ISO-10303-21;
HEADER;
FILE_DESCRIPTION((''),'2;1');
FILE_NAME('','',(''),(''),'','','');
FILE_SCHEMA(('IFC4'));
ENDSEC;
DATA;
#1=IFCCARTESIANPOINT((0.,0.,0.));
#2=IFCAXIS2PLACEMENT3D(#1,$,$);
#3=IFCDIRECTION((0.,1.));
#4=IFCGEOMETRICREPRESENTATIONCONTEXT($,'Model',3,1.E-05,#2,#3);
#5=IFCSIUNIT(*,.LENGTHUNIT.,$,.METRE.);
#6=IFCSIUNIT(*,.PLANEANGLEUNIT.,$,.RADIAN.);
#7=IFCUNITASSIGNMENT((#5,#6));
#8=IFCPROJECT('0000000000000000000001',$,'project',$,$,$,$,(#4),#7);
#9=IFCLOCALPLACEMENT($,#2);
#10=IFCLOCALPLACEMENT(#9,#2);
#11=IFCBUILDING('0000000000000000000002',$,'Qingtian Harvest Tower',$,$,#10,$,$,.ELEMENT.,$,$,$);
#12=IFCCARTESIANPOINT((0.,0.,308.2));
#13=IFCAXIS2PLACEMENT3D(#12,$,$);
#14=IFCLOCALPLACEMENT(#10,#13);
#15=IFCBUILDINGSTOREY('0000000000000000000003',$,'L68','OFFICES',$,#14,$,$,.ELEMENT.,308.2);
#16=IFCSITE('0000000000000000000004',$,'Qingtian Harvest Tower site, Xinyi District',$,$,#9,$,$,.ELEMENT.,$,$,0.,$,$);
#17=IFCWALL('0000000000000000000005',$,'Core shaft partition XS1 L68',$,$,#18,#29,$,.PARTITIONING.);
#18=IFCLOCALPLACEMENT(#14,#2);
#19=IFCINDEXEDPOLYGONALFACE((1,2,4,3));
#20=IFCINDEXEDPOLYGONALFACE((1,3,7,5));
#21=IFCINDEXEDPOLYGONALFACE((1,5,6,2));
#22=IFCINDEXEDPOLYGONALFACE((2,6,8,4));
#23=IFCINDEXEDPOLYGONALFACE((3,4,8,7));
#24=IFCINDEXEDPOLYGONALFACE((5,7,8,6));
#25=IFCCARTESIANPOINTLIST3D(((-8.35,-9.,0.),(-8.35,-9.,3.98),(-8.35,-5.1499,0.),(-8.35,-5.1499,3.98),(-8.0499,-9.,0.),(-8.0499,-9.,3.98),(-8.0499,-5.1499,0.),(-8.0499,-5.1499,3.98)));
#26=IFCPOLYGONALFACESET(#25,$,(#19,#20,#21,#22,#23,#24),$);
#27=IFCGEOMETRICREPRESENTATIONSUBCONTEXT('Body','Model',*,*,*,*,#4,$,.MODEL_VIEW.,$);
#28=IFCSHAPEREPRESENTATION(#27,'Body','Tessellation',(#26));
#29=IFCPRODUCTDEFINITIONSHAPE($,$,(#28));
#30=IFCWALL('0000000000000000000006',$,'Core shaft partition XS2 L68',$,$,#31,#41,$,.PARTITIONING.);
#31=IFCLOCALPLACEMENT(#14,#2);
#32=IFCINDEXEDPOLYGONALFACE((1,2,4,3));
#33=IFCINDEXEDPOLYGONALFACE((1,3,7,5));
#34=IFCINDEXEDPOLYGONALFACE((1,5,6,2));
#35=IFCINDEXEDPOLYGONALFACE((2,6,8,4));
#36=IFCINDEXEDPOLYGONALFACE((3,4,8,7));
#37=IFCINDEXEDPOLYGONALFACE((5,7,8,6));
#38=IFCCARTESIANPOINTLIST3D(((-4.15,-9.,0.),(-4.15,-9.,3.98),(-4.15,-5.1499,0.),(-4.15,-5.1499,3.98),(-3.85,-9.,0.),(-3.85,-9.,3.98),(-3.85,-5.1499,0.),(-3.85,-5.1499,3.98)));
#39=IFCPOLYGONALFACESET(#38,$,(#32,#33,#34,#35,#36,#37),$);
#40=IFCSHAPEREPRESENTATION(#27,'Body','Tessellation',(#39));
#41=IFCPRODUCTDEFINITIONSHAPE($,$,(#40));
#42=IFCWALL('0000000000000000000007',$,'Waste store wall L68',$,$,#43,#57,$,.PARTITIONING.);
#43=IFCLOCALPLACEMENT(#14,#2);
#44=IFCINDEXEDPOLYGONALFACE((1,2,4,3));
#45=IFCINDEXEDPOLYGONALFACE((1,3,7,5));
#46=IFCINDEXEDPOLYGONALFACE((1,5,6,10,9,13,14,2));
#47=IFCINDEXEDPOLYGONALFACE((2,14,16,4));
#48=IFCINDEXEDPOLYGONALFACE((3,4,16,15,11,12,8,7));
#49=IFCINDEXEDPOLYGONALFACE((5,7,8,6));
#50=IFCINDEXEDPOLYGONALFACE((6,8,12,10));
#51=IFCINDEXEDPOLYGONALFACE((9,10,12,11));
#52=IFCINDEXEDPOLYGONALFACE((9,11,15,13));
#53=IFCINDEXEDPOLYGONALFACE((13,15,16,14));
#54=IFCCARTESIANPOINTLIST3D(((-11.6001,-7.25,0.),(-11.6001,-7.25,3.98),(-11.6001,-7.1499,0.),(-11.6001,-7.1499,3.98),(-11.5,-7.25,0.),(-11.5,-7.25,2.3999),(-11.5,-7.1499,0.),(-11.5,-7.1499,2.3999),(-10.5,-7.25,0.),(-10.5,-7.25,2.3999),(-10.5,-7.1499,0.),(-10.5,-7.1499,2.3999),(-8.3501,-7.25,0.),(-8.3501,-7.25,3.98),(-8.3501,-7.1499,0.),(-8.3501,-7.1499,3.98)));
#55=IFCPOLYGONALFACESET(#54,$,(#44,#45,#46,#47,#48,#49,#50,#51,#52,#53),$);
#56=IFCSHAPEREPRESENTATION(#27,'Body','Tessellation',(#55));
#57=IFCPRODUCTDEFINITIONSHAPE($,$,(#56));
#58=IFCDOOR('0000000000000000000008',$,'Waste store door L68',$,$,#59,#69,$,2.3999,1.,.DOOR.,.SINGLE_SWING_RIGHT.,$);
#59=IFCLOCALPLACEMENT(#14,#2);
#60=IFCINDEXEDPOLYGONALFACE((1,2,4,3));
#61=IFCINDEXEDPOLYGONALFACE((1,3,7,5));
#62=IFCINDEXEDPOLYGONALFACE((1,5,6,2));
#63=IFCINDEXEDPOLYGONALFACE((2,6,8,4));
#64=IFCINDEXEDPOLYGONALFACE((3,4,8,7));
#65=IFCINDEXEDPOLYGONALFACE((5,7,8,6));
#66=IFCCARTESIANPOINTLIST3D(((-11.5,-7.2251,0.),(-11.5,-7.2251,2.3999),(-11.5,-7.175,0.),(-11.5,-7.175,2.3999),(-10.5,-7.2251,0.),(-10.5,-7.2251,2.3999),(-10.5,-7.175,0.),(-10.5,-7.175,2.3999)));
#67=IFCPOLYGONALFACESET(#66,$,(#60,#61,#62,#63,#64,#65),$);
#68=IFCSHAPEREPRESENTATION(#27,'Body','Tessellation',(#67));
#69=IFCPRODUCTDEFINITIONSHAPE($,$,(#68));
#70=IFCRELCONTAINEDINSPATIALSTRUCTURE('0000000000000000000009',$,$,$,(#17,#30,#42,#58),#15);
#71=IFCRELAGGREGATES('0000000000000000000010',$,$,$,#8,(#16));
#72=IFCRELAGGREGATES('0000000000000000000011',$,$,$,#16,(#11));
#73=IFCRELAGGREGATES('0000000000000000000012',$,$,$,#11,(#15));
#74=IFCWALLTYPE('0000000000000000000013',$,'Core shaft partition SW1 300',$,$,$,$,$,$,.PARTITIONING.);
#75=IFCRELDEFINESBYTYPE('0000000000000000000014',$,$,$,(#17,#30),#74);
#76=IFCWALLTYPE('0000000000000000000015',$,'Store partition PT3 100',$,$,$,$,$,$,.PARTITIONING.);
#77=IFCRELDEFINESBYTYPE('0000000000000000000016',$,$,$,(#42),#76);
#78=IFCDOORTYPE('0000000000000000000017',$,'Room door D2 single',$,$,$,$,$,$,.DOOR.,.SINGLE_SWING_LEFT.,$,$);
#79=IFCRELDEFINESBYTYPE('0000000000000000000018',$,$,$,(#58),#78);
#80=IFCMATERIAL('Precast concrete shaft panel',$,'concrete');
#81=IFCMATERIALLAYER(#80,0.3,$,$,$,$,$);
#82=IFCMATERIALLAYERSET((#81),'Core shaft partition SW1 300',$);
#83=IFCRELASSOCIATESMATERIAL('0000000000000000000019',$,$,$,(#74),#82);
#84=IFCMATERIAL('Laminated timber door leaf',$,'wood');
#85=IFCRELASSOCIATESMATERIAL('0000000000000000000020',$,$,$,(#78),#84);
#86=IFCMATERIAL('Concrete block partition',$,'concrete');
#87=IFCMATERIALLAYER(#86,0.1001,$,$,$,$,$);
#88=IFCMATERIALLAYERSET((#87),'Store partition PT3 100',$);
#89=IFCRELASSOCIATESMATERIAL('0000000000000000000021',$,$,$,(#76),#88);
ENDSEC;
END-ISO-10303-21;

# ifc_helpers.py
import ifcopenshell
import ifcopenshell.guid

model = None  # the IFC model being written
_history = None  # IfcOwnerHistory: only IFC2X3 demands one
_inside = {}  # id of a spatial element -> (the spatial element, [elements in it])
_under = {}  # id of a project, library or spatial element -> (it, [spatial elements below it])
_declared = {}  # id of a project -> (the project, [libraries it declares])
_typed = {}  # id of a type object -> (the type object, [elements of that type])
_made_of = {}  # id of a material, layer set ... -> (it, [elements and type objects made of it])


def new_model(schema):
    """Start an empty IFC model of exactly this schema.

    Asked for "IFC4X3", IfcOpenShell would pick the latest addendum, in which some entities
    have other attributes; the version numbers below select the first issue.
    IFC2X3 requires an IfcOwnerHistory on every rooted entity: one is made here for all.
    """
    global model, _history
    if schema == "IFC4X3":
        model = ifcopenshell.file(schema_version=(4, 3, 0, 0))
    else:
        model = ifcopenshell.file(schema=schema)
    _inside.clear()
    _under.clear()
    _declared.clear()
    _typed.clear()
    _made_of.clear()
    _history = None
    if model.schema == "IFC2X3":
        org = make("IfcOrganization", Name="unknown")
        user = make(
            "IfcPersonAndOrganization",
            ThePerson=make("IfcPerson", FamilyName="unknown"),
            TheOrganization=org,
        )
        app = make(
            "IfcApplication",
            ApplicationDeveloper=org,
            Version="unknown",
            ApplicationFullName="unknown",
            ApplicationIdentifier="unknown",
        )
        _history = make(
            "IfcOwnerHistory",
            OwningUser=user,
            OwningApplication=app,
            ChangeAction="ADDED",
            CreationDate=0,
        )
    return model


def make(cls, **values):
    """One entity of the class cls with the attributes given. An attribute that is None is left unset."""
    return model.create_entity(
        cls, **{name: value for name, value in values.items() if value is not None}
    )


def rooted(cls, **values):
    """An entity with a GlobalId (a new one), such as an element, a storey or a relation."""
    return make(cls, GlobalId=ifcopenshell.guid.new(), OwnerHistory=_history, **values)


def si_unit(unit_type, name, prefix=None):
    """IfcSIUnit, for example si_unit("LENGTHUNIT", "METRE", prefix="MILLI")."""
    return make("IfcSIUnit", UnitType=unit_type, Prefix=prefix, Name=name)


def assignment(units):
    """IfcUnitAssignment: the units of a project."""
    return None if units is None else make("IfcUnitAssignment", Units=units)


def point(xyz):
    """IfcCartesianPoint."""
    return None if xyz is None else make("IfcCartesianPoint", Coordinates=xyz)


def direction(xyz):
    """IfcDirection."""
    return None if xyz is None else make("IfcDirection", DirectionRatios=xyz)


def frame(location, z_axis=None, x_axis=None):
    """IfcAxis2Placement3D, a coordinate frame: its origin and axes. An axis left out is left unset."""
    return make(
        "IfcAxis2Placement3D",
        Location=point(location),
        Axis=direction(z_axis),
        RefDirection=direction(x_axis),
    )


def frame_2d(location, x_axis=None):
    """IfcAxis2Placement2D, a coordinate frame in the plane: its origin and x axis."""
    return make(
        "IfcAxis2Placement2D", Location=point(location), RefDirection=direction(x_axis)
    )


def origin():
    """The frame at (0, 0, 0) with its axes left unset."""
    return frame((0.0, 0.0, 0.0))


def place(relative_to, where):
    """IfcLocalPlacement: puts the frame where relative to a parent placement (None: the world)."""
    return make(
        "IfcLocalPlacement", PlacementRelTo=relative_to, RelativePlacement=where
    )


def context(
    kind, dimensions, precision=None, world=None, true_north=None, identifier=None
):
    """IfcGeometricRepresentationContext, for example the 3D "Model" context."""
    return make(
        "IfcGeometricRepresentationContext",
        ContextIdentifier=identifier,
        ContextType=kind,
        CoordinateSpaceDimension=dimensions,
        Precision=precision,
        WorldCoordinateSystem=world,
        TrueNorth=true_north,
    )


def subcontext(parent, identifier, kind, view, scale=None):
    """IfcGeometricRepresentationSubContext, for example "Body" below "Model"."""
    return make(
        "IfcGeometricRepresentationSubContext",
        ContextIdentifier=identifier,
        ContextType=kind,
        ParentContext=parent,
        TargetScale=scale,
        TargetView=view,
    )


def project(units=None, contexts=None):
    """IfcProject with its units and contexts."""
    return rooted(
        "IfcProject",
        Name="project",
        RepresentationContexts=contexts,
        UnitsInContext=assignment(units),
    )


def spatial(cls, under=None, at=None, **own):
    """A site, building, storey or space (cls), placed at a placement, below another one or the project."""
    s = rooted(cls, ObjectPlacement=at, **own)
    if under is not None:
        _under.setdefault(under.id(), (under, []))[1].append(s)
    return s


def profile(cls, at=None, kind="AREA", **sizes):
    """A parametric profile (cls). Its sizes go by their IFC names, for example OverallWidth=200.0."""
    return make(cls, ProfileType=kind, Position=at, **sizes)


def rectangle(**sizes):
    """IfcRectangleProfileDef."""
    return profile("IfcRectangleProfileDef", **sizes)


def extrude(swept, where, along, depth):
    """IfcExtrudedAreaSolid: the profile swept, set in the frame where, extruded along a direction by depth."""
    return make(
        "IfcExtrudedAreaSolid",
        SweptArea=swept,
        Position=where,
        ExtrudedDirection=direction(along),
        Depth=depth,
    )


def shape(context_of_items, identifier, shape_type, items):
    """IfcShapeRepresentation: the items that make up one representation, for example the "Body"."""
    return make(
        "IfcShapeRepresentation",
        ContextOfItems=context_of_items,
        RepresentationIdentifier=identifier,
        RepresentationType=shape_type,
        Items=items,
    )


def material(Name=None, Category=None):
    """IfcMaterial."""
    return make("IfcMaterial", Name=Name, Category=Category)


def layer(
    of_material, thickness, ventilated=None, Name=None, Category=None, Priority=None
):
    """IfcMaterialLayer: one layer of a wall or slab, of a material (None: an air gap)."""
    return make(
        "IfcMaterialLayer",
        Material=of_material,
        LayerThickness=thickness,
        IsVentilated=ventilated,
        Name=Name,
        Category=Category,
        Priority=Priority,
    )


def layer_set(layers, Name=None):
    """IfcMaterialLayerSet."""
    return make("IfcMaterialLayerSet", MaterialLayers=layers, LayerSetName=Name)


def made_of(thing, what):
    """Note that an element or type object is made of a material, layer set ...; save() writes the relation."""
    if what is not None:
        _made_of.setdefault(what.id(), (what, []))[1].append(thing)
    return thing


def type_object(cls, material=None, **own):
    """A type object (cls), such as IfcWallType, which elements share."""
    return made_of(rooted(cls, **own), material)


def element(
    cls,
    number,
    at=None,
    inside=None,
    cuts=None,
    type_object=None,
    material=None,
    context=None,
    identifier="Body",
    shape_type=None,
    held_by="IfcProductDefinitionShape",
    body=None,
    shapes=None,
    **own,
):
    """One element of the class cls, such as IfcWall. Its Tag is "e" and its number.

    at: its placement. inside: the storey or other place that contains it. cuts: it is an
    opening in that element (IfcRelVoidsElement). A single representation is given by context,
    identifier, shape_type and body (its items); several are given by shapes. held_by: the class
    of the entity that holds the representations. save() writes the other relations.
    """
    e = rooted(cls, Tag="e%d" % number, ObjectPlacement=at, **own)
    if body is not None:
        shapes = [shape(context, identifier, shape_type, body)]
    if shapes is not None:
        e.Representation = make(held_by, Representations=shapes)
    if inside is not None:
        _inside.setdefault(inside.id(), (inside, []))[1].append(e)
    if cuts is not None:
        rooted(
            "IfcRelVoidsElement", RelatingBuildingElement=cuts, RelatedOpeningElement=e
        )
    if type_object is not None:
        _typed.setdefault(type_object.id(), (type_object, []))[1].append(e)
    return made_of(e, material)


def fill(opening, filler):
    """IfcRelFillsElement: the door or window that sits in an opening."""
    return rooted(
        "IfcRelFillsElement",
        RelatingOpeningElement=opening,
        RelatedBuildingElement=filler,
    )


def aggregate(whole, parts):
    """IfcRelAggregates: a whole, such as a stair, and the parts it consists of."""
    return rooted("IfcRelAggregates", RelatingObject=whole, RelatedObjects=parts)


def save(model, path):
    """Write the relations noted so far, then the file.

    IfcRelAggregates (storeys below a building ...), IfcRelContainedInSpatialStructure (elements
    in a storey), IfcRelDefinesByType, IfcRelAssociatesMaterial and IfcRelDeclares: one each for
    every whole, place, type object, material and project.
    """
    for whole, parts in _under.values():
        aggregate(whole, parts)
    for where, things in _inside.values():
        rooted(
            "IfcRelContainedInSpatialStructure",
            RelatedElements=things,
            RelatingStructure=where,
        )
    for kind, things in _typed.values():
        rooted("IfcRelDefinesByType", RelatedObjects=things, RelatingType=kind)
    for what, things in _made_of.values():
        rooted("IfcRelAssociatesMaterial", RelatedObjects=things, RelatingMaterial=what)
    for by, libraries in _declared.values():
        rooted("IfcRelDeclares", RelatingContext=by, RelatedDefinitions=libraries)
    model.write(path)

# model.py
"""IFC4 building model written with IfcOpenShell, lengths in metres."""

from ifc_helpers import new_model, si_unit, direction, frame, frame_2d, origin, place, context, subcontext, project, spatial, rectangle, extrude, material, layer, layer_set, type_object, element, fill, save


model = new_model("IFC4")

# Units and contexts
model_context = context("Model", 3, precision=1e-05, world=origin(), true_north=direction((0.0, 1.0)))
body_context = subcontext(model_context, "Body", "Model", "MODEL_VIEW")
ifc_project = project(units=[si_unit("LENGTHUNIT", "METRE"), si_unit("PLANEANGLEUNIT", "RADIAN")], contexts=[model_context])

# Site, building, storey
site_placement = place(None, origin())
site = spatial("IfcSite", under=ifc_project, at=site_placement, Name="Qingtian Harvest Tower site, Xinyi District", CompositionType="ELEMENT", RefElevation=0.0)
building_placement = place(site_placement, origin())
building = spatial("IfcBuilding", under=site, at=building_placement, Name="Qingtian Harvest Tower", CompositionType="ELEMENT")
storey_placement = place(building_placement, frame((0.0, 0.0, 308.2)))
storey = spatial("IfcBuildingStorey", under=building, at=storey_placement, Name="L68", Description="OFFICES", CompositionType="ELEMENT", Elevation=308.2)

# Walls
ifc_material_1 = material(Name="Precast concrete shaft panel", Category="concrete")
ifc_layer_1 = layer(ifc_material_1, 0.3)
ifc_layer_set_1 = layer_set([ifc_layer_1], Name="Core shaft partition SW1 300")
wall_type_1 = type_object("IfcWallType", Name="Core shaft partition SW1 300", PredefinedType="PARTITIONING", material=ifc_layer_set_1)
for number, where, z_axis, x_axis, name in (
    (1, (-8.2, -9.0, 0.0), (0.0, 0.0, 1.0), (0.0, 1.0, 0.0), "Core shaft partition XS1 L68"),
    (2, (-4.0, -9.0, 0.0), (0.0, 0.0, 1.0), (0.0, 1.0, 0.0), "Core shaft partition XS2 L68"),
):
    element("IfcWall", number, at=place(storey_placement, frame(where, z_axis=z_axis, x_axis=x_axis)), inside=storey, type_object=wall_type_1, Name=name, PredefinedType="PARTITIONING", context=body_context, shape_type="SweptSolid", body=[
        extrude(rectangle(XDim=3.8501, YDim=0.3, at=frame_2d((1.925, 0.0))), origin(), (0.0, 0.0, 1.0), 3.98),
    ])

# Wall, opening, door
ifc_material_2 = material(Name="Laminated timber door leaf", Category="wood")
door_type_1 = type_object("IfcDoorType", Name="Room door D2 single", OperationType="SINGLE_SWING_LEFT", PredefinedType="DOOR", material=ifc_material_2)
ifc_material_3 = material(Name="Concrete block partition", Category="concrete")
ifc_layer_2 = layer(ifc_material_3, 0.1001)
ifc_layer_set_2 = layer_set([ifc_layer_2], Name="Store partition PT3 100")
wall_type_2 = type_object("IfcWallType", Name="Store partition PT3 100", PredefinedType="PARTITIONING", material=ifc_layer_set_2)
wall_1_placement = place(storey_placement, frame((-11.6001, -7.2, 0.0), z_axis=(0.0, 0.0, 1.0), x_axis=(1.0, 0.0, 0.0)))
wall_1 = element("IfcWall", 3, at=wall_1_placement, inside=storey, type_object=wall_type_2, Name="Waste store wall L68", PredefinedType="PARTITIONING", context=body_context, shape_type="SweptSolid", body=[
    extrude(rectangle(XDim=3.25, YDim=0.1001, at=frame_2d((1.625, 0.0))), origin(), (0.0, 0.0, 1.0), 3.98),
])
opening_1_placement = place(wall_1_placement, frame((0.1001, 0.0, 0.0)))
opening_1 = element("IfcOpeningElement", 4, at=opening_1_placement, cuts=wall_1, PredefinedType="OPENING", context=body_context, shape_type="SweptSolid", body=[
    extrude(rectangle(XDim=1.0, YDim=2.3999, at=frame_2d((0.5, 1.2))), frame((0.0, 0.0601, 0.0), z_axis=(0.0, -1.0, 0.0), x_axis=(1.0, 0.0, 0.0)), (0.0, 0.0, 1.0), 0.1201),
])
door_1_placement = place(opening_1_placement, origin())
door_1 = element("IfcDoor", 5, at=door_1_placement, inside=storey, type_object=door_type_1, Name="Waste store door L68", OperationType="SINGLE_SWING_RIGHT", OverallHeight=2.3999, OverallWidth=1.0, PredefinedType="DOOR", context=body_context, shape_type="SweptSolid", body=[
    extrude(rectangle(XDim=1.0, YDim=2.3999, at=frame_2d((0.5, 1.2))), frame((0.0, 0.0249, 0.0), z_axis=(0.0, -1.0, 0.0), x_axis=(1.0, 0.0, 0.0)), (0.0, 0.0, 1.0), 0.05),
])
fill(opening_1, door_1)

save(model, "model.ifc")
